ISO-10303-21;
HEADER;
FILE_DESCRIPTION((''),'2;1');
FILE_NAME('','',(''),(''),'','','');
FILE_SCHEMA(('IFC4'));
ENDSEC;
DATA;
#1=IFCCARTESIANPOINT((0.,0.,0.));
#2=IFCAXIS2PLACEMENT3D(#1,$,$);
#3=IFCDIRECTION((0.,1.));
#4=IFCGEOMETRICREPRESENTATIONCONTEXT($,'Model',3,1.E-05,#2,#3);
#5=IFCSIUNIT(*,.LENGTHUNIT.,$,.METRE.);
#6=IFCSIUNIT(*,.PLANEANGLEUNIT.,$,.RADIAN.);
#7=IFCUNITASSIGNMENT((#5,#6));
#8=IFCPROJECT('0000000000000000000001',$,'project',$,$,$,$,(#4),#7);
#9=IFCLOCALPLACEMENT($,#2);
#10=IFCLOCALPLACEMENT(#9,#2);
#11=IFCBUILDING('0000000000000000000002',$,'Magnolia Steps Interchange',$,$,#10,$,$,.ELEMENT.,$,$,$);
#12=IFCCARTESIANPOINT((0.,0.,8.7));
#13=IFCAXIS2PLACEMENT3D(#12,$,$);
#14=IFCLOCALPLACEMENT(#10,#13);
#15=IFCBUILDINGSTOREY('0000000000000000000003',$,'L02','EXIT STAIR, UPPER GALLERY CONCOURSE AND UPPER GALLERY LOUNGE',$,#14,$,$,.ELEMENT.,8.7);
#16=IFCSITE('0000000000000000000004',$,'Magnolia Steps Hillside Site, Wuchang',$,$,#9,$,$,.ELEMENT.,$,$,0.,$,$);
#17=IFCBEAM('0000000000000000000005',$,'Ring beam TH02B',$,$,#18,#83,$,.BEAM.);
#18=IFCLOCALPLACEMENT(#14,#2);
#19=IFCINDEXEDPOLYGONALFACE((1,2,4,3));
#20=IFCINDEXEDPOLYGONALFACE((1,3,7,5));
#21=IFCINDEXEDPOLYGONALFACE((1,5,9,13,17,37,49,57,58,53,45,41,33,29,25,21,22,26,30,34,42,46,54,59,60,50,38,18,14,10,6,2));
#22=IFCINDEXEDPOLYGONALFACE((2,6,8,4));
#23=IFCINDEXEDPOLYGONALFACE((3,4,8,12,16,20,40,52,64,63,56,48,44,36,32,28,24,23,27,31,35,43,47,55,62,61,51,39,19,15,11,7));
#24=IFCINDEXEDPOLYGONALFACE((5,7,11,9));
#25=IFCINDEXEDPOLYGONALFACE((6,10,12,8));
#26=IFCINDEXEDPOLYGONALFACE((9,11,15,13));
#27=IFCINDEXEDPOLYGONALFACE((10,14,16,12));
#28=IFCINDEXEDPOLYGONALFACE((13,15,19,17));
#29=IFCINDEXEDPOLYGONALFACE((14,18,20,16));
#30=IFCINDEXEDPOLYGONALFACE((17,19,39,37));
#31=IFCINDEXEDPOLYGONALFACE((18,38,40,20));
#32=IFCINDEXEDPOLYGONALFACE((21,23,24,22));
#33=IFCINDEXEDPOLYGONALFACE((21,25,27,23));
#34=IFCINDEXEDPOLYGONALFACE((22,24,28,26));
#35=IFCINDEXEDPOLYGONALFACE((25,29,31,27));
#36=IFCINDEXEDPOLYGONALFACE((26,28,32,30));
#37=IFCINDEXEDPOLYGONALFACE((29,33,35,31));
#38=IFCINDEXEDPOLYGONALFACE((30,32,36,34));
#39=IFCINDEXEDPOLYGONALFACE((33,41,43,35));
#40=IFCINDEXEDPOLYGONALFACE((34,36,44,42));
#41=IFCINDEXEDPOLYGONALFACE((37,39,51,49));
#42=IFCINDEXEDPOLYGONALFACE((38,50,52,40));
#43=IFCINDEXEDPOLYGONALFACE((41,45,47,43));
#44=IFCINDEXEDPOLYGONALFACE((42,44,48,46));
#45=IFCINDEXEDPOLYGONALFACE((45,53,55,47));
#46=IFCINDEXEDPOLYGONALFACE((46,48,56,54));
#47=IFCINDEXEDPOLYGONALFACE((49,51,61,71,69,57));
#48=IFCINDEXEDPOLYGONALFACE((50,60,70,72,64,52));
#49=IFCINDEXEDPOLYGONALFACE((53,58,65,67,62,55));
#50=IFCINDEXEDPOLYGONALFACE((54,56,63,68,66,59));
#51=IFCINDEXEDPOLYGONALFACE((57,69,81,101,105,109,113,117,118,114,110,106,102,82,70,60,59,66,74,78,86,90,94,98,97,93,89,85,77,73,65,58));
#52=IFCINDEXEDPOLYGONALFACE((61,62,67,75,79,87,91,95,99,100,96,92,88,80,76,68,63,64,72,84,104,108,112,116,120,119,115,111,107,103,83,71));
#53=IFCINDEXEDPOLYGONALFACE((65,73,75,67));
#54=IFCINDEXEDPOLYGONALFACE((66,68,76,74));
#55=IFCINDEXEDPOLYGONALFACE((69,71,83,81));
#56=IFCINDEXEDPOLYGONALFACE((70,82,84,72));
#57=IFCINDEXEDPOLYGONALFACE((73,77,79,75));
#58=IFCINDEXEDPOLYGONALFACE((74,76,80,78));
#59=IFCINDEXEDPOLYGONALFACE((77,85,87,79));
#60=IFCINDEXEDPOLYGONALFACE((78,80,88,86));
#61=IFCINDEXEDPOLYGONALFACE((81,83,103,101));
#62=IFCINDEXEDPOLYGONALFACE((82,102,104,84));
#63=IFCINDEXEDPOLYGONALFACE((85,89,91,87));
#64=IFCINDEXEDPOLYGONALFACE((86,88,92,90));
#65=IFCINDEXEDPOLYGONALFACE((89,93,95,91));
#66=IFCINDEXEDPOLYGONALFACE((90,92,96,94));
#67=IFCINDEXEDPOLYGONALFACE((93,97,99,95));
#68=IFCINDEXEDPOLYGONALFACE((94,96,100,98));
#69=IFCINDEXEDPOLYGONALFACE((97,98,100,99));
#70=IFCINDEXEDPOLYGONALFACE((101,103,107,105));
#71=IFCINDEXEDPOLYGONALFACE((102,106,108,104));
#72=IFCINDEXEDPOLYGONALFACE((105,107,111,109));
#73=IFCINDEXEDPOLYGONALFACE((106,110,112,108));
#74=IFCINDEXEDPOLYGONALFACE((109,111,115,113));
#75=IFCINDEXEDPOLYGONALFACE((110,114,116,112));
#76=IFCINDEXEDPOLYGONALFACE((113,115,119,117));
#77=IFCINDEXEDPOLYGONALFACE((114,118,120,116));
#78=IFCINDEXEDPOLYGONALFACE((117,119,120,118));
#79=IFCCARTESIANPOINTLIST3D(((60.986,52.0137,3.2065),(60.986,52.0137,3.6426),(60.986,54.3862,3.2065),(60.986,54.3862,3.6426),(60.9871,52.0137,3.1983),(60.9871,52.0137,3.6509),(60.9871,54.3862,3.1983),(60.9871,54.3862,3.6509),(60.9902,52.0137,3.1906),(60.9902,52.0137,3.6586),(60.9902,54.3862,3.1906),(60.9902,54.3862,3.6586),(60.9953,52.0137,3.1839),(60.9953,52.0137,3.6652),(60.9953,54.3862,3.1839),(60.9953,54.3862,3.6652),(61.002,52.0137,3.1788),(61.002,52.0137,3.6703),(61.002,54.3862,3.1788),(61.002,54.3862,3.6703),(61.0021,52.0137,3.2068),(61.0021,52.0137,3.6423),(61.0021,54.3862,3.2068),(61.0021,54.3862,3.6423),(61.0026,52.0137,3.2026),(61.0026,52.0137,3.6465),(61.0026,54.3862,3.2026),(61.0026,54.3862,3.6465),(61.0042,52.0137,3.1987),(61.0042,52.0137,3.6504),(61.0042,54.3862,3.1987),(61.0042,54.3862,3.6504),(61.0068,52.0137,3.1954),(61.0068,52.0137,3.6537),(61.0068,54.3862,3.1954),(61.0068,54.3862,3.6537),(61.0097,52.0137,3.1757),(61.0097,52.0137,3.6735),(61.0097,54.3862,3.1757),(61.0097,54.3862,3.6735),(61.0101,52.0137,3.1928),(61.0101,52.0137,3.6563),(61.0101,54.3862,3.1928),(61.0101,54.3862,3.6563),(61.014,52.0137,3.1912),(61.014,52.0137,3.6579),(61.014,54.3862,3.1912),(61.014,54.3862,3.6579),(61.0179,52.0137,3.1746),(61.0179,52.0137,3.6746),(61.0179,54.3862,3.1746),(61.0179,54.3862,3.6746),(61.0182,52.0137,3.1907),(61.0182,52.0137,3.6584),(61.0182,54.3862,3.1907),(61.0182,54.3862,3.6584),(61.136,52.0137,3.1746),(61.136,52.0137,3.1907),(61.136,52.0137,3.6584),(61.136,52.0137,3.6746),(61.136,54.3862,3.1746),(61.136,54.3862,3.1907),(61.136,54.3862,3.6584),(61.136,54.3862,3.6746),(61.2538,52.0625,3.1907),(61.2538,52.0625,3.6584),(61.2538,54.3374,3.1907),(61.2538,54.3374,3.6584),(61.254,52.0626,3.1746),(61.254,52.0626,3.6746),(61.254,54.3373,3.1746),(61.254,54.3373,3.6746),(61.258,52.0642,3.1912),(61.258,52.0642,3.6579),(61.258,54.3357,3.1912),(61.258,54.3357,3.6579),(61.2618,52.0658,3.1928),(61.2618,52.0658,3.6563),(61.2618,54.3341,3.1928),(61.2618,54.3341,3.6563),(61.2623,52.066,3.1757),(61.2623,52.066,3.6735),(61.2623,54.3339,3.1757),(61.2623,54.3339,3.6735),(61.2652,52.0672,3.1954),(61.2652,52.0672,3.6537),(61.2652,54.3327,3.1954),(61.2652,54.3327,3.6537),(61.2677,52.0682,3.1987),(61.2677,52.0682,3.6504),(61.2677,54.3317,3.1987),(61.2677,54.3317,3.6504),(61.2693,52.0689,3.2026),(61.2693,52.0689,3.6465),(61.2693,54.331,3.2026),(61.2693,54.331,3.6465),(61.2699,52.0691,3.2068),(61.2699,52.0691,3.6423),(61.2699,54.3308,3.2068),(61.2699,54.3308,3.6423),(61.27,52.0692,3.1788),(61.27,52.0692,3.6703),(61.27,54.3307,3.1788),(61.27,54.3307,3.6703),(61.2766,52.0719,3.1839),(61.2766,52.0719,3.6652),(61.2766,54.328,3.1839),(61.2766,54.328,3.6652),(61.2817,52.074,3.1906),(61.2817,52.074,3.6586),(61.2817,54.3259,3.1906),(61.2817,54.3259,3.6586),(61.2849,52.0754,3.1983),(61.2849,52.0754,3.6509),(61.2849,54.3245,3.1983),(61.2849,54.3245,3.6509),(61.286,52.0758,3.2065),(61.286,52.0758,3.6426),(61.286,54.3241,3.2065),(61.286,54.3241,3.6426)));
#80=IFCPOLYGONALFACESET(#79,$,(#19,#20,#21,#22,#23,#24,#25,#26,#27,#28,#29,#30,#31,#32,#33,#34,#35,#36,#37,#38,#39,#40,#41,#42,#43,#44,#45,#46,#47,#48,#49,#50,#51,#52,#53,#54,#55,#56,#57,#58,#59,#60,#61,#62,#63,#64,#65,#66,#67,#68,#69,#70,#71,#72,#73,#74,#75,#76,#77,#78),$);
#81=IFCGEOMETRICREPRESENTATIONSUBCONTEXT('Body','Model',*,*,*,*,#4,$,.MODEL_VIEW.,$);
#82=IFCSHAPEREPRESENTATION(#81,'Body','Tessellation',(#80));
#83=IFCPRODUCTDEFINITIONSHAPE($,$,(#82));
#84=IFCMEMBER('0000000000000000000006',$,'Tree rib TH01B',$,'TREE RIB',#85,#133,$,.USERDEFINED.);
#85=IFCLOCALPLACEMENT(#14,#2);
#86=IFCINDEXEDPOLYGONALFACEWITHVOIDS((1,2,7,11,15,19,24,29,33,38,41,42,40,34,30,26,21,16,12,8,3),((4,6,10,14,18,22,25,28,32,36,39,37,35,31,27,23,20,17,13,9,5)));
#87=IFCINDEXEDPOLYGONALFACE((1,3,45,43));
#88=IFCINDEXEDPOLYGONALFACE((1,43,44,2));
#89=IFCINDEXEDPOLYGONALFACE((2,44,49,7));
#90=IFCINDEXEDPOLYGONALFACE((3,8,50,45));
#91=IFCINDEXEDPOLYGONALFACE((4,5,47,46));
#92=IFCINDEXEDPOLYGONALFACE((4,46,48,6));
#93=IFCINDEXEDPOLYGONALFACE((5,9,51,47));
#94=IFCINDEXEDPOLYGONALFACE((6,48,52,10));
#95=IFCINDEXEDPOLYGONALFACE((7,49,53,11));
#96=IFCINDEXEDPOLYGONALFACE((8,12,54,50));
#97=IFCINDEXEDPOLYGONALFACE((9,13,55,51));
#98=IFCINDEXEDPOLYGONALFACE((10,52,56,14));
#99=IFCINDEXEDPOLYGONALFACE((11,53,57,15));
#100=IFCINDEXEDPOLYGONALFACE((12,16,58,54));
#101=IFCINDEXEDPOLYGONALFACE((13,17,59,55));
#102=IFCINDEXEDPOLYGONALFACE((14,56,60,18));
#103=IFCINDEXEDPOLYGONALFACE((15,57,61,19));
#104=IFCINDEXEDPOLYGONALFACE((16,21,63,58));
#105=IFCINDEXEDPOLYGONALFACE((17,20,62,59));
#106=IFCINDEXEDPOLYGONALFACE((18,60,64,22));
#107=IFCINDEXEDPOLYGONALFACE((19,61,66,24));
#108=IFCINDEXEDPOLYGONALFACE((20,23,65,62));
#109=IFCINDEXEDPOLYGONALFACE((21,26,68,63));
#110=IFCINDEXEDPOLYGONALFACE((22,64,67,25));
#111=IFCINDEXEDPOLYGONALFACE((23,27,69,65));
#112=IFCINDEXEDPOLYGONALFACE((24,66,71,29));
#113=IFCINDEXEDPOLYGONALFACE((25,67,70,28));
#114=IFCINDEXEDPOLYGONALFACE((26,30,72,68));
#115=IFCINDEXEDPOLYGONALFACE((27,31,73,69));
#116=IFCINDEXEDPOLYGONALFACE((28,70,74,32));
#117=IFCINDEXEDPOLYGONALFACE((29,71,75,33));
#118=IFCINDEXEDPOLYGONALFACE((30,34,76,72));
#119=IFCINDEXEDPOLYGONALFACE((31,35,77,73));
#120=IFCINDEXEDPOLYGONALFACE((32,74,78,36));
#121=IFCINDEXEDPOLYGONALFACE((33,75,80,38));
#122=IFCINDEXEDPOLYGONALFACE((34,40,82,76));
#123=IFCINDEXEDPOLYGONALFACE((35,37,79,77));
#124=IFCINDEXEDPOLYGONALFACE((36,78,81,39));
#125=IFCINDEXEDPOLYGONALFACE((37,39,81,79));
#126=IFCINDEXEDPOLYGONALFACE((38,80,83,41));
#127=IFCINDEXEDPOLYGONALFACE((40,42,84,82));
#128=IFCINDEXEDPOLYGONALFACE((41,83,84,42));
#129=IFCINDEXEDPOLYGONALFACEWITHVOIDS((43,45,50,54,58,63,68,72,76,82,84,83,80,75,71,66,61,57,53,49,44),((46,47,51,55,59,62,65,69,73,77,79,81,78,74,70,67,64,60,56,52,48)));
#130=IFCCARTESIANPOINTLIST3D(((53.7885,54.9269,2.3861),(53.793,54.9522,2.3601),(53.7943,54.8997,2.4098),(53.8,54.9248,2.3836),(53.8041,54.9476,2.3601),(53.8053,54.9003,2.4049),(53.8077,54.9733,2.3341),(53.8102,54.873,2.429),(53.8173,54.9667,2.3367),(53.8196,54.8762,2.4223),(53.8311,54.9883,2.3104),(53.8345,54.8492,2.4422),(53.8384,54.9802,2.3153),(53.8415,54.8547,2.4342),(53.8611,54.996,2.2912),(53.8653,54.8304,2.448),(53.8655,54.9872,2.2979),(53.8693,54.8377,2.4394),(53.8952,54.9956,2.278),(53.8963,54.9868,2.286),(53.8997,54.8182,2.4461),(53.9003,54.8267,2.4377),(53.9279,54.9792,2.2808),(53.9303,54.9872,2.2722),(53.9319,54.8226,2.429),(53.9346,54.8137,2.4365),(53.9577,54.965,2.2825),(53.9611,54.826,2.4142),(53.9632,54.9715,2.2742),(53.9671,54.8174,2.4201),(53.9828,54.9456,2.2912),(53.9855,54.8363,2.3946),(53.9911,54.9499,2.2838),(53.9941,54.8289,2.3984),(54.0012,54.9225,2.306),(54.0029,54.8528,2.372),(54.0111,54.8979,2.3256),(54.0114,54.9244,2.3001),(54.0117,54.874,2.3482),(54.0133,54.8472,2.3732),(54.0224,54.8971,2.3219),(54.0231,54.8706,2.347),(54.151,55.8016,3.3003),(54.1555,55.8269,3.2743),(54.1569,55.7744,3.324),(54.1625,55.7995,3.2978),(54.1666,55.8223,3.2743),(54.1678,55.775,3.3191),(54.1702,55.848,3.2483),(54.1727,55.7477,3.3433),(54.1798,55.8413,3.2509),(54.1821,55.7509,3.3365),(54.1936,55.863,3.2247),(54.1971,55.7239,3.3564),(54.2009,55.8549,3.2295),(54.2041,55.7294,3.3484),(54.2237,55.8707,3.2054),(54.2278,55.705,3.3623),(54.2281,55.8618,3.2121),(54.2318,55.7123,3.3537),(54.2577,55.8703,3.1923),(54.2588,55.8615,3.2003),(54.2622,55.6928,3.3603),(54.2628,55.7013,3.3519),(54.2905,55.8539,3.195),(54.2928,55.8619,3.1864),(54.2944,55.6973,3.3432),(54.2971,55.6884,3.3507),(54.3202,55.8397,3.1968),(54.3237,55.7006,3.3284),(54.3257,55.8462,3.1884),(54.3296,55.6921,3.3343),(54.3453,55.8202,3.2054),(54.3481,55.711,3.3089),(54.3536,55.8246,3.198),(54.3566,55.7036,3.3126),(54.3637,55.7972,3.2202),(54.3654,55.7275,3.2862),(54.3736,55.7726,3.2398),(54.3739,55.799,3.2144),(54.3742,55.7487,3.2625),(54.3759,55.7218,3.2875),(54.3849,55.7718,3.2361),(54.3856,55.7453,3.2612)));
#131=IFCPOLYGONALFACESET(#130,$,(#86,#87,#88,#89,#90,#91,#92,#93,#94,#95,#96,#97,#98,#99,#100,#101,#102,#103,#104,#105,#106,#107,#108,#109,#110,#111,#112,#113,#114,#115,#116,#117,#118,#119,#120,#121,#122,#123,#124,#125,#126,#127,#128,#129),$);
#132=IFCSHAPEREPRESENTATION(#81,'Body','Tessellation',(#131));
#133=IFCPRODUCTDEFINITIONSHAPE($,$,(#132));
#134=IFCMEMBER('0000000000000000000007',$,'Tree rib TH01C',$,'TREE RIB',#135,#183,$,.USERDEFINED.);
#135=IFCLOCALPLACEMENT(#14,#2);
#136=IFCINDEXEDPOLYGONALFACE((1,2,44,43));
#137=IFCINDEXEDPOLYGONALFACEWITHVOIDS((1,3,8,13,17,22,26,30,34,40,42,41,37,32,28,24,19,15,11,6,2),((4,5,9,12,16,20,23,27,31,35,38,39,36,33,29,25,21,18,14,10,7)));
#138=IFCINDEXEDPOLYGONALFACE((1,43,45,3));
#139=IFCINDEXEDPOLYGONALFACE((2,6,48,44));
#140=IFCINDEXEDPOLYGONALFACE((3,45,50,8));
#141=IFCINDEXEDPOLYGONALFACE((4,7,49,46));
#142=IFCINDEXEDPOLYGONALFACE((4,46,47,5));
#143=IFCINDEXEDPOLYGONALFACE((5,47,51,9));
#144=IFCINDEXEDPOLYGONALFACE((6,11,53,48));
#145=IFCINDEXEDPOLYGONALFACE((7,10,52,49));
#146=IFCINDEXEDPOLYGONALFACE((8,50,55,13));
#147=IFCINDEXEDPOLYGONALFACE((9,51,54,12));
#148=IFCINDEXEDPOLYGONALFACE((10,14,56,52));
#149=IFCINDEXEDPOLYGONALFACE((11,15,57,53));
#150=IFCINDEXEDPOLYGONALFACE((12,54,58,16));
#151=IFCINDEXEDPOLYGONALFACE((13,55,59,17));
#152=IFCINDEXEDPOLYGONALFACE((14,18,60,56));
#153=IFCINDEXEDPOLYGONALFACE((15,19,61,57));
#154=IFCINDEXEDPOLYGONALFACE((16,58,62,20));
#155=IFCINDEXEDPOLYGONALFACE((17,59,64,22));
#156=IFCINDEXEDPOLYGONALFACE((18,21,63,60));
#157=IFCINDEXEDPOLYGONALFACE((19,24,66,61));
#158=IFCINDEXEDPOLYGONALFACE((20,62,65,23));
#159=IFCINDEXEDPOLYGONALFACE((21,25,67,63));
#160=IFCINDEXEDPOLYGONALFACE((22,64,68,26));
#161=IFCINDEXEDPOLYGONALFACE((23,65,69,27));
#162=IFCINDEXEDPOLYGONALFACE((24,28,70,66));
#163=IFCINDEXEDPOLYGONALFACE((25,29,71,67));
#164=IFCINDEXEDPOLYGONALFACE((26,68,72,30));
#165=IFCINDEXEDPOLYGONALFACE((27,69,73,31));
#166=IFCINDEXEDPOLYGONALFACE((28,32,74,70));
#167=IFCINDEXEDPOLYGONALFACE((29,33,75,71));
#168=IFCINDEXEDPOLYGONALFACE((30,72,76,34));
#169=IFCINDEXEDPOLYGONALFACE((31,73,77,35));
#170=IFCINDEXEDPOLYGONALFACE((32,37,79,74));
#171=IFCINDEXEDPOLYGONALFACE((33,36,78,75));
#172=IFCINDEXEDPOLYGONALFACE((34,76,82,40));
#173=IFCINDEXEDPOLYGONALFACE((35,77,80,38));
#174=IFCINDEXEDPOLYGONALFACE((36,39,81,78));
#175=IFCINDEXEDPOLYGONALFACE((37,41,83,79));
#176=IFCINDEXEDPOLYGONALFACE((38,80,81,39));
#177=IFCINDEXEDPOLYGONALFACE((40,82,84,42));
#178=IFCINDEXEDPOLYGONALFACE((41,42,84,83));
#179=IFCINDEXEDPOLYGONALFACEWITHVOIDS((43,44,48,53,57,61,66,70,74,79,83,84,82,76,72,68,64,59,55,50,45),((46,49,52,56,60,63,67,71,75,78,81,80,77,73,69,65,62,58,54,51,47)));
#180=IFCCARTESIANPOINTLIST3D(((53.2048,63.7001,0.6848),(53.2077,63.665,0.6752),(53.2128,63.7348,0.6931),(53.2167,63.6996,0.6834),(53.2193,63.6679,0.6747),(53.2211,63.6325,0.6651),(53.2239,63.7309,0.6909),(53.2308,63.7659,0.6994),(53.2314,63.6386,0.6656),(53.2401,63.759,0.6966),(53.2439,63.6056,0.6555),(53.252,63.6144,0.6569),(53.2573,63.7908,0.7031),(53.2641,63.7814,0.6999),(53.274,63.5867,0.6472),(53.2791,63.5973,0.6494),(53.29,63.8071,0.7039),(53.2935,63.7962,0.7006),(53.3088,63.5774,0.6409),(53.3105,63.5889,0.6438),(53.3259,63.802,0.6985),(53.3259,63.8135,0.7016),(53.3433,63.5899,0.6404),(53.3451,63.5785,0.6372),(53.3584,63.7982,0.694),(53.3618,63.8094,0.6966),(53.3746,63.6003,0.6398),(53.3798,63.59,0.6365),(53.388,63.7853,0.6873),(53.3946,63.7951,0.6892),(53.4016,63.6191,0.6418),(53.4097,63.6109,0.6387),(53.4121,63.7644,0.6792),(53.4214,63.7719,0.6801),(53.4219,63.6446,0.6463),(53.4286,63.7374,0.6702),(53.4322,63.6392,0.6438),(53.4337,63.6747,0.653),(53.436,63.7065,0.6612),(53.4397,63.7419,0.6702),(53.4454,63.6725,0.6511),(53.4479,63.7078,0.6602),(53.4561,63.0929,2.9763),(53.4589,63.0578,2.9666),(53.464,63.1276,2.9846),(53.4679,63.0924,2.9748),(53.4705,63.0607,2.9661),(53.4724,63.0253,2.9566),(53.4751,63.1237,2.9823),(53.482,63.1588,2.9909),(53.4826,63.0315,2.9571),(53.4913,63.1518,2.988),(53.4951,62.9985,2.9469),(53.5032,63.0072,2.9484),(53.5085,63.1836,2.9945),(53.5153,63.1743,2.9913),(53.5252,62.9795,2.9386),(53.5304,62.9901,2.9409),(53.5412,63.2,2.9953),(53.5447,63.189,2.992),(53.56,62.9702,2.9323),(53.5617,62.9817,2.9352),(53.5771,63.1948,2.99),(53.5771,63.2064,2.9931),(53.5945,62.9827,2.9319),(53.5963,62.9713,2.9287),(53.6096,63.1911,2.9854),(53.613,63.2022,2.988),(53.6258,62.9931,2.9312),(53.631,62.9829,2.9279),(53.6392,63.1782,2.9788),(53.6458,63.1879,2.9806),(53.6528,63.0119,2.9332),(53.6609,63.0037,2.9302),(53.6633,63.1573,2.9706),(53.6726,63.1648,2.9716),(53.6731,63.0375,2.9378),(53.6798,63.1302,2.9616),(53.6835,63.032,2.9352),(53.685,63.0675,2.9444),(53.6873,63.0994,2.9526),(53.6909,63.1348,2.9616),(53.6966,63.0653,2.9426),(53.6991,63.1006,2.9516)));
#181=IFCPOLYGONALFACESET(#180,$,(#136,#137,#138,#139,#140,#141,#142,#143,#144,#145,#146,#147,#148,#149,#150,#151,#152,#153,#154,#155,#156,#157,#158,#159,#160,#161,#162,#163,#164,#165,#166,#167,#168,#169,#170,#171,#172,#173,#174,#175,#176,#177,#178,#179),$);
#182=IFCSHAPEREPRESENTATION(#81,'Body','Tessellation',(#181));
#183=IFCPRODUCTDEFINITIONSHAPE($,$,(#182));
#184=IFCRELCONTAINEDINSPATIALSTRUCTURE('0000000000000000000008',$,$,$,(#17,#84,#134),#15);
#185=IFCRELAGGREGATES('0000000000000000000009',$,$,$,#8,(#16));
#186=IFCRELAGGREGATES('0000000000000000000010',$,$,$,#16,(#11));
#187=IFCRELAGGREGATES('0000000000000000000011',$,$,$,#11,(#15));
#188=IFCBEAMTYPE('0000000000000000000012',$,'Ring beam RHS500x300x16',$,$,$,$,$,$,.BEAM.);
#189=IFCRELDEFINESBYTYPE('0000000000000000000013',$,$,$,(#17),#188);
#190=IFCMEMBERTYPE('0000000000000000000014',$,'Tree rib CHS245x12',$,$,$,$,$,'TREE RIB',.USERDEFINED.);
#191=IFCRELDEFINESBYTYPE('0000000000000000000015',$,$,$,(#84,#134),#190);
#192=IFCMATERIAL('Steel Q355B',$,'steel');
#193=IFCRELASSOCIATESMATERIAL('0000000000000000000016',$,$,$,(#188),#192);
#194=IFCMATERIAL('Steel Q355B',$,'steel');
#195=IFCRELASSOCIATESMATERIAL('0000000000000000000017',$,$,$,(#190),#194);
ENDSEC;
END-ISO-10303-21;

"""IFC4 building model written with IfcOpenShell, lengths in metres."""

from ifc_helpers import new_model, si_unit, direction, frame, origin, origin_2d, place, context, subcontext, project, spatial, hollow_rectangle, hollow_circle, extrude, clip, halfspace, material, material_profile, profile_set, type_object, element, save


model = new_model("IFC4")

# Units and contexts
model_context = context("Model", 3, precision=1e-05, world=origin(), true_north=direction((0.0, 1.0)))
body_context = subcontext(model_context, "Body", "Model", "MODEL_VIEW")
ifc_project = project(units=[si_unit("LENGTHUNIT", "METRE"), si_unit("PLANEANGLEUNIT", "RADIAN")], contexts=[model_context])

# Site, building, storey
site_placement = place(None, origin())
site = spatial("IfcSite", under=ifc_project, at=site_placement, Name="Magnolia Steps Hillside Site, Wuchang", CompositionType="ELEMENT", RefElevation=0.0)
building_placement = place(site_placement, origin())
building = spatial("IfcBuilding", under=site, at=building_placement, Name="Magnolia Steps Interchange", CompositionType="ELEMENT")
storey_placement = place(building_placement, frame((0.0, 0.0, 8.7)))
storey = spatial("IfcBuildingStorey", under=building, at=storey_placement, Name="L02", Description="EXIT STAIR, UPPER GALLERY CONCOURSE AND UPPER GALLERY LOUNGE", CompositionType="ELEMENT", Elevation=8.7)

# Beam
ifc_material_1 = material(Name="Steel Q355B", Category="steel")
ifc_material_profile_1 = material_profile(ifc_material_1, hollow_rectangle(XDim=0.3, YDim=0.5, WallThickness=0.0161, InnerFilletRadius=0.0161, OuterFilletRadius=0.032, at=origin_2d()), Name="RHS500x300x16")
ifc_profile_set_1 = profile_set([ifc_material_profile_1], Name="Steel Q355B")
beam_type = type_object("IfcBeamType", Name="Ring beam RHS500x300x16", PredefinedType="BEAM", material=ifc_profile_set_1)
beam_1_placement = place(storey_placement, frame((61.136, 54.3862, 3.4246), z_axis=(0.0, -1.0, 0.0), x_axis=(1.0, 0.0, 0.0)))
element("IfcBeam", 1, at=beam_1_placement, inside=storey, type_object=beam_type, Name="Ring beam TH02B", PredefinedType="BEAM", context=body_context, shape_type="Clipping", body=[
    clip(clip(extrude(hollow_rectangle(XDim=0.3, YDim=0.5, WallThickness=0.0161, InnerFilletRadius=0.0161, OuterFilletRadius=0.032, at=origin_2d()), origin(), (0.0, 0.0, 1.0), 2.3726), halfspace(frame((0.0, 0.0, 0.0), z_axis=(0.382683, 0.0, -0.92388), x_axis=(0.92388, 0.0, 0.382683)), False)), halfspace(frame((0.0, 0.0, 2.3726), z_axis=(0.382683, 0.0, 0.92388), x_axis=(0.92388, 0.0, -0.382683)), False)),
])

# Members
ifc_material_2 = material(Name="Steel Q355B", Category="steel")
ifc_material_profile_2 = material_profile(ifc_material_2, hollow_circle(Radius=0.1226, WallThickness=0.012, at=origin_2d()), Name="CHS245x12")
ifc_profile_set_2 = profile_set([ifc_material_profile_2], Name="Steel Q355B")
member_type = type_object("IfcMemberType", Name="Tree rib CHS245x12", ElementType="TREE RIB", PredefinedType="USERDEFINED", material=ifc_profile_set_2)
member_1_placement = place(storey_placement, frame((53.9062, 54.9053, 2.3601), z_axis=(0.275434, 0.664566, 0.694613), x_axis=(-0.9238, 0.382876, 0.0)))
element("IfcMember", 2, at=member_1_placement, inside=storey, type_object=member_type, Name="Tree rib TH01B", ObjectType="TREE RIB", PredefinedType="USERDEFINED", context=body_context, shape_type="SweptSolid", body=[
    extrude(hollow_circle(Radius=0.1226, WallThickness=0.012, at=origin_2d()), origin(), (0.0, 0.0, 1.0), 1.3162),
])
member_2_placement = place(storey_placement, frame((53.3264, 63.6951, 0.6702), z_axis=(0.105384, -0.254704, 0.96126), x_axis=(0.92403, 0.382319, 0.0)))
element("IfcMember", 3, at=member_2_placement, inside=storey, type_object=member_type, Name="Tree rib TH01C", ObjectType="TREE RIB", PredefinedType="USERDEFINED", context=body_context, shape_type="SweptSolid", body=[
    extrude(hollow_circle(Radius=0.1226, WallThickness=0.012, at=origin_2d()), origin(), (0.0, 0.0, 1.0), 2.3838),
])

save(model, "model.ifc")
